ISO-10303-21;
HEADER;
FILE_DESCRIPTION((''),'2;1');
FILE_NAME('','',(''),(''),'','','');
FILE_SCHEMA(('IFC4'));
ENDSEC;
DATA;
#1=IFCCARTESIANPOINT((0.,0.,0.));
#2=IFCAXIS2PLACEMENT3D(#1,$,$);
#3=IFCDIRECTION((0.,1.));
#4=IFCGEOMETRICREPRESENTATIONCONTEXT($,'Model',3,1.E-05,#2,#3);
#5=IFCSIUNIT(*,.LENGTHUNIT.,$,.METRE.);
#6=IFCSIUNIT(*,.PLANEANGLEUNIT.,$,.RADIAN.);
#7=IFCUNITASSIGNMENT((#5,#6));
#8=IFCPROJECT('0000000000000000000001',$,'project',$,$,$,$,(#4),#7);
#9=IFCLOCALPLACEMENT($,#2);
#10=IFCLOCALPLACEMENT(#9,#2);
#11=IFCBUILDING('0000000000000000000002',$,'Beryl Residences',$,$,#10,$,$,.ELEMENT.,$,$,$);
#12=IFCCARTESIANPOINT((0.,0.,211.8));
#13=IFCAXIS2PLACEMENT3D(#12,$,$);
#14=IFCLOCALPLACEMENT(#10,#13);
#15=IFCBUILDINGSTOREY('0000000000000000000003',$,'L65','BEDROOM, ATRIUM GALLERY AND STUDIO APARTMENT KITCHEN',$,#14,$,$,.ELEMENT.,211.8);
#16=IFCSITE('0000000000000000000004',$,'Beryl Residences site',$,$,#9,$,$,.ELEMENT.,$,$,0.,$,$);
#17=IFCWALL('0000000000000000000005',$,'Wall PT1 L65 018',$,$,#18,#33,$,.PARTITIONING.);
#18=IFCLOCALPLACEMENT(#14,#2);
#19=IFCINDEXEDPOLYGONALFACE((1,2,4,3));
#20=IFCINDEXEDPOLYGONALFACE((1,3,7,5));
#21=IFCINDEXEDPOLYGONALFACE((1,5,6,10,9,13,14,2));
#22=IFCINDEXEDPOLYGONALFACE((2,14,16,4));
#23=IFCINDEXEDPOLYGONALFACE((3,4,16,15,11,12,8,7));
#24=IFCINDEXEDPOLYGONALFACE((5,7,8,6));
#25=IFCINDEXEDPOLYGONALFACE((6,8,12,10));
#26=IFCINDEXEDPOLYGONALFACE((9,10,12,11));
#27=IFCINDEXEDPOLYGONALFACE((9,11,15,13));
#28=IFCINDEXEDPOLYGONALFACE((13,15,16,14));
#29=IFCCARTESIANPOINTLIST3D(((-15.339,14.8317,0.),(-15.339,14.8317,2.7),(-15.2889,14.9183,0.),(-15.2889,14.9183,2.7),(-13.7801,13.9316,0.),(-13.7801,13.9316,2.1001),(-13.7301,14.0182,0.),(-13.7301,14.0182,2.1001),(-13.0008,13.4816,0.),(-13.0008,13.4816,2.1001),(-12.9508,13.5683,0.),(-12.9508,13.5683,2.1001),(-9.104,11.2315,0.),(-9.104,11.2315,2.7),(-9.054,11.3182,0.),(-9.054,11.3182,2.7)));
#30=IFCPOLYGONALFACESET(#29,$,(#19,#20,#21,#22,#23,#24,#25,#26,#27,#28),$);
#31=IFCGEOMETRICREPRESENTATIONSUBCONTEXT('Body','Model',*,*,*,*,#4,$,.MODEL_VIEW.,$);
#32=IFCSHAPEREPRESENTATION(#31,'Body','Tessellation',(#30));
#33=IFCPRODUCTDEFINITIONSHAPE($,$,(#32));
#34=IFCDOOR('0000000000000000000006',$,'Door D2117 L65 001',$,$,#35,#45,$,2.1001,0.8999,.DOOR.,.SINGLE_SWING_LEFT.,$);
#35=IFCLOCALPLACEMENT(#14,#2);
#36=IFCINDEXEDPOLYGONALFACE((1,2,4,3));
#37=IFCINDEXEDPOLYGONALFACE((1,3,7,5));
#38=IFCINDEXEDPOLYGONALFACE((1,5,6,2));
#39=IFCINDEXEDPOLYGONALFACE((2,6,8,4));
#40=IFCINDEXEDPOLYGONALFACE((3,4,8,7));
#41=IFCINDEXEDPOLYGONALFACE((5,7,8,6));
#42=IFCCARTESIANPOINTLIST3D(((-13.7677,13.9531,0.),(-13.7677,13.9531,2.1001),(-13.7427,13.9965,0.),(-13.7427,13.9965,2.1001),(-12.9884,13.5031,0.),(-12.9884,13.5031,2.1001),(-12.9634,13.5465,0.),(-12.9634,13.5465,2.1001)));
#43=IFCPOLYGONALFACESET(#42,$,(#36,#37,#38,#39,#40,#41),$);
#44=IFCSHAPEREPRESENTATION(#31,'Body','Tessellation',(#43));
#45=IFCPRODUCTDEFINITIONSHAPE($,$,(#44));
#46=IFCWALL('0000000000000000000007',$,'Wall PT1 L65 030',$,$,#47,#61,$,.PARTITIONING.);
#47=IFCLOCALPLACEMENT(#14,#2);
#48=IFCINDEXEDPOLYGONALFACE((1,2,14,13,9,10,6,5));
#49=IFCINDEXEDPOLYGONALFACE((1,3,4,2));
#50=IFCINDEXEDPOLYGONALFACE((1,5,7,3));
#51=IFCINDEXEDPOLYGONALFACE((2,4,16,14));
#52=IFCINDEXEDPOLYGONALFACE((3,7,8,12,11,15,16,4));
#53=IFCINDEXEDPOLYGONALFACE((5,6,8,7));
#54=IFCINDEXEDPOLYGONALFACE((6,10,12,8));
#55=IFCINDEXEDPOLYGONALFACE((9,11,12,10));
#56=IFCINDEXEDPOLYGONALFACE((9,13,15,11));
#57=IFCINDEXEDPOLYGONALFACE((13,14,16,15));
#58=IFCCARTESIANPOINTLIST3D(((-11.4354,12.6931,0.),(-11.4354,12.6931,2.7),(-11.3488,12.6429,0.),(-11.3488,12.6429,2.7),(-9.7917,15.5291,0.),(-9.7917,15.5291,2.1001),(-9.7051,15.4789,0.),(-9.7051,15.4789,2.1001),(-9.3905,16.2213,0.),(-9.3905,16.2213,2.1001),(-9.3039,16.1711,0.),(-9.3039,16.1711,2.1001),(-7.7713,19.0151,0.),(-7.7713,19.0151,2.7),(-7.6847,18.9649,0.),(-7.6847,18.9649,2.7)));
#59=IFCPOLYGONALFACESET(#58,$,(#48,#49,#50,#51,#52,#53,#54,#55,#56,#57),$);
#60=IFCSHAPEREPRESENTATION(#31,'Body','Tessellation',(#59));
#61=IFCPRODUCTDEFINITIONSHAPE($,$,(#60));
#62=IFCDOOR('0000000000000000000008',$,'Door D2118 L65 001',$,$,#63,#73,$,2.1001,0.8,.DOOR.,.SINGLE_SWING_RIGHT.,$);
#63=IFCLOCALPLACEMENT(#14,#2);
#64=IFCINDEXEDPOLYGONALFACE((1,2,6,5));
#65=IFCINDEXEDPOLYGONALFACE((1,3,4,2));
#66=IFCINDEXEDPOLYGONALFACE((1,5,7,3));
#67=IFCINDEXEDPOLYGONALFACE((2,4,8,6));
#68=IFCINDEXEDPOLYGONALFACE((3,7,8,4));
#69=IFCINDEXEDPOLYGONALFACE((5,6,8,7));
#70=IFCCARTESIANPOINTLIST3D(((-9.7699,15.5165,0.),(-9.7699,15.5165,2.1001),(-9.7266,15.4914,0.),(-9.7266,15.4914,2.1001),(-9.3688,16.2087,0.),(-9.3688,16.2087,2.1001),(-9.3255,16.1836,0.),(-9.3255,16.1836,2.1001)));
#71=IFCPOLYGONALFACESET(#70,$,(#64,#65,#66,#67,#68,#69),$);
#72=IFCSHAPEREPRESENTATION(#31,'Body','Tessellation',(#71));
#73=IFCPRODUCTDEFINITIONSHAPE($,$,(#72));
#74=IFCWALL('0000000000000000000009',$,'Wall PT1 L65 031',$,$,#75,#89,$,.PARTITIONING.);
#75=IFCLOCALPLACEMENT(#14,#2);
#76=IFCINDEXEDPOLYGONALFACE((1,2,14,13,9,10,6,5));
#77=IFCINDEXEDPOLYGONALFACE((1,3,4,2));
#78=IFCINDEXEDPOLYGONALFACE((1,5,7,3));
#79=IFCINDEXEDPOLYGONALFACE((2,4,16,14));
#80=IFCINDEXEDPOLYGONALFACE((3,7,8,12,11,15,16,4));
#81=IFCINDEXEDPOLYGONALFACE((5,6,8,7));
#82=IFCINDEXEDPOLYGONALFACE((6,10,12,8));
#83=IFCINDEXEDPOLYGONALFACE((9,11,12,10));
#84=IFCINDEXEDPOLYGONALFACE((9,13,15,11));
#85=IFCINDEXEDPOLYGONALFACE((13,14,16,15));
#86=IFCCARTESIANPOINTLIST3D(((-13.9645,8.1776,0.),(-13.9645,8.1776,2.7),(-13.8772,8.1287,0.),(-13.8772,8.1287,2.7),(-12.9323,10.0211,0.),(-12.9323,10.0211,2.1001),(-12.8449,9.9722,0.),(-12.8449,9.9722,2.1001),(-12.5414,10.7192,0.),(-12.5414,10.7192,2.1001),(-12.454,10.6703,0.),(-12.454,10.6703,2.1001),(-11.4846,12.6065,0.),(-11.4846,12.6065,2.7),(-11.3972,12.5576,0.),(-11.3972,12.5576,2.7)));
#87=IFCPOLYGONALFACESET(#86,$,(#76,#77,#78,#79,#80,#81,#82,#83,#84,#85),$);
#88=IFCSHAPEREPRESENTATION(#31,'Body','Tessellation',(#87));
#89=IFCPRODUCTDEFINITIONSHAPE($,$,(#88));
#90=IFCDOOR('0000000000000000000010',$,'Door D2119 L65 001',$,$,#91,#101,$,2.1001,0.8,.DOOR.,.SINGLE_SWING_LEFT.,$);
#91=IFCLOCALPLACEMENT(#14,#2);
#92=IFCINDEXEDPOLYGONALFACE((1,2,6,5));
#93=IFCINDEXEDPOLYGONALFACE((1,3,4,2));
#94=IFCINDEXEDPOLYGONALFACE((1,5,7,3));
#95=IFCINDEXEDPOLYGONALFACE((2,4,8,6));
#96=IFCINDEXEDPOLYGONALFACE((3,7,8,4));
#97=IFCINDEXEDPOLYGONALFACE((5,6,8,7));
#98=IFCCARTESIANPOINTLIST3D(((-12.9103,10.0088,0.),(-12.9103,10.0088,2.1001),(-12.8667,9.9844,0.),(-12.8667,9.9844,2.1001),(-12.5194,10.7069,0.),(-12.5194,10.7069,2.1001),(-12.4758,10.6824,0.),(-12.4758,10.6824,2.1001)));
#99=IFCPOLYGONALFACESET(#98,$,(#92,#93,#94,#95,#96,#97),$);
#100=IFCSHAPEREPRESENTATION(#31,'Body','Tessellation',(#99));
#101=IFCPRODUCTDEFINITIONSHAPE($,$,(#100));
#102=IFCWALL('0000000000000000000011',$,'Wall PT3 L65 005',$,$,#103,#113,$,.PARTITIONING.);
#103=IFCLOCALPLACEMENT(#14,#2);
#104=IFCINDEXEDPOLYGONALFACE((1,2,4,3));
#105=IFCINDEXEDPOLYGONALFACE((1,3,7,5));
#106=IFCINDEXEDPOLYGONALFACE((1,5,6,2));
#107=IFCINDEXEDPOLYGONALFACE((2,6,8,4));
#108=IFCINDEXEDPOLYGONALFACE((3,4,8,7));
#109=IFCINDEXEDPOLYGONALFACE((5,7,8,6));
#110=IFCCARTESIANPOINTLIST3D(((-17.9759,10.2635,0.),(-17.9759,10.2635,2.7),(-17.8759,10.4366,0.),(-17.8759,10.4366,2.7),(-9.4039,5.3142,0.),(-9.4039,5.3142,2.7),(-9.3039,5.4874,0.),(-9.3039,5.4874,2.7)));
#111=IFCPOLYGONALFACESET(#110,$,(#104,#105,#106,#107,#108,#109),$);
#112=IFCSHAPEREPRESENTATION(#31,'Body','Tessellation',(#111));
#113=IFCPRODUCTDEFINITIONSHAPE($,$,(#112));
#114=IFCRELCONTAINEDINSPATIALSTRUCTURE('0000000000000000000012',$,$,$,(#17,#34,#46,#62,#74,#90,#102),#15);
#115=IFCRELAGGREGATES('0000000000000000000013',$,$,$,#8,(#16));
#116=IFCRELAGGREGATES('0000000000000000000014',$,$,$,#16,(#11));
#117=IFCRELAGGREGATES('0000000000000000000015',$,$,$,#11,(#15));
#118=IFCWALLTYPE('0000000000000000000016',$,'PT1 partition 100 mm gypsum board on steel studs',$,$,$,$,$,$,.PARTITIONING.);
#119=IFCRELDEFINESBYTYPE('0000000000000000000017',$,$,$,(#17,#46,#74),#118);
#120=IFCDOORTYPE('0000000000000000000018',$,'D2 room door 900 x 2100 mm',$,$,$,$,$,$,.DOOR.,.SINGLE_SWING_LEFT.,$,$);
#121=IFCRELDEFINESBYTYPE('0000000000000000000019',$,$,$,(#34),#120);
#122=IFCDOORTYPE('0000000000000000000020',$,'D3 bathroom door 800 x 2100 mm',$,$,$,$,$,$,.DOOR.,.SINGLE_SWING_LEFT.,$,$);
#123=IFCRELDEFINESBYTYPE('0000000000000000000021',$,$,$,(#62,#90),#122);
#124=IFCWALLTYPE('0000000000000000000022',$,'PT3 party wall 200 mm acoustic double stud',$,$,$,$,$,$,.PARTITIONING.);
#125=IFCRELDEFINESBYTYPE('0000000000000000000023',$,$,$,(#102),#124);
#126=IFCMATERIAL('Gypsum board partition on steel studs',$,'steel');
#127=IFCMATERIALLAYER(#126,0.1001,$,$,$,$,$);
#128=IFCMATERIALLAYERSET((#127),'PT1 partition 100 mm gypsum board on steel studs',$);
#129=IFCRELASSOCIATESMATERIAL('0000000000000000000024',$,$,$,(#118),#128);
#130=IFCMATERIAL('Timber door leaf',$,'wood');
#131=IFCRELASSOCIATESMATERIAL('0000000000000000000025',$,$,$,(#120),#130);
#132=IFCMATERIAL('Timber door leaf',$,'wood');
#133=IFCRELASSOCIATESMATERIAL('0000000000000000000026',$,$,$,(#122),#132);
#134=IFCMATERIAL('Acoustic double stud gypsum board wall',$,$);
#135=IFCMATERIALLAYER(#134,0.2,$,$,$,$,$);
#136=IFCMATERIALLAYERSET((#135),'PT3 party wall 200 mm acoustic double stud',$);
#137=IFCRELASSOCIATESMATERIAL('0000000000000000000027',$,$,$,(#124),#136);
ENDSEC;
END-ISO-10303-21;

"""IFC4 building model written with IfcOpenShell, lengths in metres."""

from ifc_helpers import new_model, si_unit, direction, frame, frame_2d, origin, place, context, subcontext, project, spatial, rectangle, extrude, material, layer, layer_set, type_object, element, fill, save


model = new_model("IFC4")

# Units and contexts
model_context = context("Model", 3, precision=1e-05, world=origin(), true_north=direction((0.0, 1.0)))
body_context = subcontext(model_context, "Body", "Model", "MODEL_VIEW")
ifc_project = project(units=[si_unit("LENGTHUNIT", "METRE"), si_unit("PLANEANGLEUNIT", "RADIAN")], contexts=[model_context])

# Site, building, storey
site_placement = place(None, origin())
site = spatial("IfcSite", under=ifc_project, at=site_placement, Name="Beryl Residences site", CompositionType="ELEMENT", RefElevation=0.0)
building_placement = place(site_placement, origin())
building = spatial("IfcBuilding", under=site, at=building_placement, Name="Beryl Residences", CompositionType="ELEMENT")
storey_placement = place(building_placement, frame((0.0, 0.0, 211.8)))
storey = spatial("IfcBuildingStorey", under=building, at=storey_placement, Name="L65", Description="BEDROOM, ATRIUM GALLERY AND STUDIO APARTMENT KITCHEN", CompositionType="ELEMENT", Elevation=211.8)

# Walls, openings, doors
ifc_material_1 = material(Name="Gypsum board partition on steel studs", Category="steel")
ifc_layer_1 = layer(ifc_material_1, 0.1001)
ifc_layer_set_1 = layer_set([ifc_layer_1], Name="PT1 partition 100 mm gypsum board on steel studs")
wall_type_1 = type_object("IfcWallType", Name="PT1 partition 100 mm gypsum board on steel studs", PredefinedType="PARTITIONING", material=ifc_layer_set_1)
wall_1_placement = place(storey_placement, frame((-15.314, 14.875, 0.0), z_axis=(0.0, 0.0, 1.0), x_axis=(0.866001, -0.500041, 0.0)))
wall_1 = element("IfcWall", 1, at=wall_1_placement, inside=storey, type_object=wall_type_1, Name="Wall PT1 L65 018", PredefinedType="PARTITIONING", context=body_context, shape_type="SweptSolid", body=[
    extrude(rectangle(XDim=7.1997, YDim=0.1001, at=frame_2d((3.5999, 0.0))), origin(), (0.0, 0.0, 1.0), 2.7),
])
opening_1_placement = place(wall_1_placement, frame((1.8, 0.0, 0.0)))
opening_1 = element("IfcOpeningElement", 2, at=opening_1_placement, cuts=wall_1, PredefinedType="OPENING", context=body_context, shape_type="SweptSolid", body=[
    extrude(rectangle(XDim=0.8999, YDim=2.1001, at=frame_2d((0.45, 1.05))), frame((0.0, 0.0601, 0.0), z_axis=(0.0, -1.0, 0.0), x_axis=(1.0, 0.0, 0.0)), (0.0, 0.0, 1.0), 0.1201),
])
ifc_material_2 = material(Name="Timber door leaf", Category="wood")
door_type_1 = type_object("IfcDoorType", Name="D2 room door 900 x 2100 mm", OperationType="SINGLE_SWING_LEFT", PredefinedType="DOOR", material=ifc_material_2)
door_1_placement = place(opening_1_placement, origin())
door_1 = element("IfcDoor", 3, at=door_1_placement, inside=storey, type_object=door_type_1, Name="Door D2117 L65 001", OperationType="SINGLE_SWING_LEFT", OverallHeight=2.1001, OverallWidth=0.8999, PredefinedType="DOOR", context=body_context, shape_type="SweptSolid", body=[
    extrude(rectangle(XDim=0.8999, YDim=2.1001, at=frame_2d((0.45, 1.05))), frame((0.0, 0.0249, 0.0), z_axis=(0.0, -1.0, 0.0), x_axis=(1.0, 0.0, 0.0)), (0.0, 0.0, 1.0), 0.05),
])
fill(opening_1, door_1)
wall_2_placement = place(storey_placement, frame((-11.3921, 12.668, 0.0), z_axis=(0.0, 0.0, 1.0), x_axis=(0.501441, 0.865192, 0.0)))
wall_2 = element("IfcWall", 4, at=wall_2_placement, inside=storey, type_object=wall_type_1, Name="Wall PT1 L65 030", PredefinedType="PARTITIONING", context=body_context, shape_type="SweptSolid", body=[
    extrude(rectangle(XDim=7.3071, YDim=0.1001, at=frame_2d((3.6536, 0.0))), origin(), (0.0, 0.0, 1.0), 2.7),
])
opening_2_placement = place(wall_2_placement, frame((3.2781, 0.0, 0.0)))
opening_2 = element("IfcOpeningElement", 5, at=opening_2_placement, cuts=wall_2, PredefinedType="OPENING", context=body_context, shape_type="SweptSolid", body=[
    extrude(rectangle(XDim=0.8, YDim=2.1001, at=frame_2d((0.3999, 1.05))), frame((0.0, 0.0601, 0.0), z_axis=(0.0, -1.0, 0.0), x_axis=(1.0, 0.0, 0.0)), (0.0, 0.0, 1.0), 0.1201),
])
ifc_material_3 = material(Name="Timber door leaf", Category="wood")
door_type_2 = type_object("IfcDoorType", Name="D3 bathroom door 800 x 2100 mm", OperationType="SINGLE_SWING_LEFT", PredefinedType="DOOR", material=ifc_material_3)
door_2_placement = place(opening_2_placement, origin())
door_2 = element("IfcDoor", 6, at=door_2_placement, inside=storey, type_object=door_type_2, Name="Door D2118 L65 001", OperationType="SINGLE_SWING_RIGHT", OverallHeight=2.1001, OverallWidth=0.8, PredefinedType="DOOR", context=body_context, shape_type="SweptSolid", body=[
    extrude(rectangle(XDim=0.8, YDim=2.1001, at=frame_2d((0.3999, 1.05))), frame((0.0, 0.0249, 0.0), z_axis=(0.0, -1.0, 0.0), x_axis=(1.0, 0.0, 0.0)), (0.0, 0.0, 1.0), 0.05),
])
fill(opening_2, door_2)
wall_3_placement = place(storey_placement, frame((-13.9209, 8.1531, 0.0), z_axis=(0.0, 0.0, 1.0), x_axis=(0.488568, 0.872526, 0.0)))
wall_3 = element("IfcWall", 7, at=wall_3_placement, inside=storey, type_object=wall_type_1, Name="Wall PT1 L65 031", PredefinedType="PARTITIONING", context=body_context, shape_type="SweptSolid", body=[
    extrude(rectangle(XDim=5.0759, YDim=0.1001, at=frame_2d((2.5381, 0.0))), origin(), (0.0, 0.0, 1.0), 2.7),
])
opening_3_placement = place(wall_3_placement, frame((2.113, 0.0, 0.0)))
opening_3 = element("IfcOpeningElement", 8, at=opening_3_placement, cuts=wall_3, PredefinedType="OPENING", context=body_context, shape_type="SweptSolid", body=[
    extrude(rectangle(XDim=0.8, YDim=2.1001, at=frame_2d((0.3999, 1.05))), frame((0.0, 0.0601, 0.0), z_axis=(0.0, -1.0, 0.0), x_axis=(1.0, 0.0, 0.0)), (0.0, 0.0, 1.0), 0.1201),
])
door_3_placement = place(opening_3_placement, origin())
door_3 = element("IfcDoor", 9, at=door_3_placement, inside=storey, type_object=door_type_2, Name="Door D2119 L65 001", OperationType="SINGLE_SWING_LEFT", OverallHeight=2.1001, OverallWidth=0.8, PredefinedType="DOOR", context=body_context, shape_type="SweptSolid", body=[
    extrude(rectangle(XDim=0.8, YDim=2.1001, at=frame_2d((0.3999, 1.05))), frame((0.0, 0.0249, 0.0), z_axis=(0.0, -1.0, 0.0), x_axis=(1.0, 0.0, 0.0)), (0.0, 0.0, 1.0), 0.05),
])
fill(opening_3, door_3)

# Wall
ifc_material_4 = material(Name="Acoustic double stud gypsum board wall")
ifc_layer_2 = layer(ifc_material_4, 0.2)
ifc_layer_set_2 = layer_set([ifc_layer_2], Name="PT3 party wall 200 mm acoustic double stud")
wall_type_2 = type_object("IfcWallType", Name="PT3 party wall 200 mm acoustic double stud", PredefinedType="PARTITIONING", material=ifc_layer_set_2)
wall_4_placement = place(storey_placement, frame((-17.926, 10.3501, 0.0), z_axis=(0.0, 0.0, 1.0), x_axis=(0.866018, -0.500012, 0.0)))
element("IfcWall", 10, at=wall_4_placement, inside=storey, type_object=wall_type_2, Name="Wall PT3 L65 005", PredefinedType="PARTITIONING", context=body_context, shape_type="SweptSolid", body=[
    extrude(rectangle(XDim=9.8982, YDim=0.2, at=frame_2d((4.9492, 0.0))), origin(), (0.0, 0.0, 1.0), 2.7),
])

save(model, "model.ifc")
